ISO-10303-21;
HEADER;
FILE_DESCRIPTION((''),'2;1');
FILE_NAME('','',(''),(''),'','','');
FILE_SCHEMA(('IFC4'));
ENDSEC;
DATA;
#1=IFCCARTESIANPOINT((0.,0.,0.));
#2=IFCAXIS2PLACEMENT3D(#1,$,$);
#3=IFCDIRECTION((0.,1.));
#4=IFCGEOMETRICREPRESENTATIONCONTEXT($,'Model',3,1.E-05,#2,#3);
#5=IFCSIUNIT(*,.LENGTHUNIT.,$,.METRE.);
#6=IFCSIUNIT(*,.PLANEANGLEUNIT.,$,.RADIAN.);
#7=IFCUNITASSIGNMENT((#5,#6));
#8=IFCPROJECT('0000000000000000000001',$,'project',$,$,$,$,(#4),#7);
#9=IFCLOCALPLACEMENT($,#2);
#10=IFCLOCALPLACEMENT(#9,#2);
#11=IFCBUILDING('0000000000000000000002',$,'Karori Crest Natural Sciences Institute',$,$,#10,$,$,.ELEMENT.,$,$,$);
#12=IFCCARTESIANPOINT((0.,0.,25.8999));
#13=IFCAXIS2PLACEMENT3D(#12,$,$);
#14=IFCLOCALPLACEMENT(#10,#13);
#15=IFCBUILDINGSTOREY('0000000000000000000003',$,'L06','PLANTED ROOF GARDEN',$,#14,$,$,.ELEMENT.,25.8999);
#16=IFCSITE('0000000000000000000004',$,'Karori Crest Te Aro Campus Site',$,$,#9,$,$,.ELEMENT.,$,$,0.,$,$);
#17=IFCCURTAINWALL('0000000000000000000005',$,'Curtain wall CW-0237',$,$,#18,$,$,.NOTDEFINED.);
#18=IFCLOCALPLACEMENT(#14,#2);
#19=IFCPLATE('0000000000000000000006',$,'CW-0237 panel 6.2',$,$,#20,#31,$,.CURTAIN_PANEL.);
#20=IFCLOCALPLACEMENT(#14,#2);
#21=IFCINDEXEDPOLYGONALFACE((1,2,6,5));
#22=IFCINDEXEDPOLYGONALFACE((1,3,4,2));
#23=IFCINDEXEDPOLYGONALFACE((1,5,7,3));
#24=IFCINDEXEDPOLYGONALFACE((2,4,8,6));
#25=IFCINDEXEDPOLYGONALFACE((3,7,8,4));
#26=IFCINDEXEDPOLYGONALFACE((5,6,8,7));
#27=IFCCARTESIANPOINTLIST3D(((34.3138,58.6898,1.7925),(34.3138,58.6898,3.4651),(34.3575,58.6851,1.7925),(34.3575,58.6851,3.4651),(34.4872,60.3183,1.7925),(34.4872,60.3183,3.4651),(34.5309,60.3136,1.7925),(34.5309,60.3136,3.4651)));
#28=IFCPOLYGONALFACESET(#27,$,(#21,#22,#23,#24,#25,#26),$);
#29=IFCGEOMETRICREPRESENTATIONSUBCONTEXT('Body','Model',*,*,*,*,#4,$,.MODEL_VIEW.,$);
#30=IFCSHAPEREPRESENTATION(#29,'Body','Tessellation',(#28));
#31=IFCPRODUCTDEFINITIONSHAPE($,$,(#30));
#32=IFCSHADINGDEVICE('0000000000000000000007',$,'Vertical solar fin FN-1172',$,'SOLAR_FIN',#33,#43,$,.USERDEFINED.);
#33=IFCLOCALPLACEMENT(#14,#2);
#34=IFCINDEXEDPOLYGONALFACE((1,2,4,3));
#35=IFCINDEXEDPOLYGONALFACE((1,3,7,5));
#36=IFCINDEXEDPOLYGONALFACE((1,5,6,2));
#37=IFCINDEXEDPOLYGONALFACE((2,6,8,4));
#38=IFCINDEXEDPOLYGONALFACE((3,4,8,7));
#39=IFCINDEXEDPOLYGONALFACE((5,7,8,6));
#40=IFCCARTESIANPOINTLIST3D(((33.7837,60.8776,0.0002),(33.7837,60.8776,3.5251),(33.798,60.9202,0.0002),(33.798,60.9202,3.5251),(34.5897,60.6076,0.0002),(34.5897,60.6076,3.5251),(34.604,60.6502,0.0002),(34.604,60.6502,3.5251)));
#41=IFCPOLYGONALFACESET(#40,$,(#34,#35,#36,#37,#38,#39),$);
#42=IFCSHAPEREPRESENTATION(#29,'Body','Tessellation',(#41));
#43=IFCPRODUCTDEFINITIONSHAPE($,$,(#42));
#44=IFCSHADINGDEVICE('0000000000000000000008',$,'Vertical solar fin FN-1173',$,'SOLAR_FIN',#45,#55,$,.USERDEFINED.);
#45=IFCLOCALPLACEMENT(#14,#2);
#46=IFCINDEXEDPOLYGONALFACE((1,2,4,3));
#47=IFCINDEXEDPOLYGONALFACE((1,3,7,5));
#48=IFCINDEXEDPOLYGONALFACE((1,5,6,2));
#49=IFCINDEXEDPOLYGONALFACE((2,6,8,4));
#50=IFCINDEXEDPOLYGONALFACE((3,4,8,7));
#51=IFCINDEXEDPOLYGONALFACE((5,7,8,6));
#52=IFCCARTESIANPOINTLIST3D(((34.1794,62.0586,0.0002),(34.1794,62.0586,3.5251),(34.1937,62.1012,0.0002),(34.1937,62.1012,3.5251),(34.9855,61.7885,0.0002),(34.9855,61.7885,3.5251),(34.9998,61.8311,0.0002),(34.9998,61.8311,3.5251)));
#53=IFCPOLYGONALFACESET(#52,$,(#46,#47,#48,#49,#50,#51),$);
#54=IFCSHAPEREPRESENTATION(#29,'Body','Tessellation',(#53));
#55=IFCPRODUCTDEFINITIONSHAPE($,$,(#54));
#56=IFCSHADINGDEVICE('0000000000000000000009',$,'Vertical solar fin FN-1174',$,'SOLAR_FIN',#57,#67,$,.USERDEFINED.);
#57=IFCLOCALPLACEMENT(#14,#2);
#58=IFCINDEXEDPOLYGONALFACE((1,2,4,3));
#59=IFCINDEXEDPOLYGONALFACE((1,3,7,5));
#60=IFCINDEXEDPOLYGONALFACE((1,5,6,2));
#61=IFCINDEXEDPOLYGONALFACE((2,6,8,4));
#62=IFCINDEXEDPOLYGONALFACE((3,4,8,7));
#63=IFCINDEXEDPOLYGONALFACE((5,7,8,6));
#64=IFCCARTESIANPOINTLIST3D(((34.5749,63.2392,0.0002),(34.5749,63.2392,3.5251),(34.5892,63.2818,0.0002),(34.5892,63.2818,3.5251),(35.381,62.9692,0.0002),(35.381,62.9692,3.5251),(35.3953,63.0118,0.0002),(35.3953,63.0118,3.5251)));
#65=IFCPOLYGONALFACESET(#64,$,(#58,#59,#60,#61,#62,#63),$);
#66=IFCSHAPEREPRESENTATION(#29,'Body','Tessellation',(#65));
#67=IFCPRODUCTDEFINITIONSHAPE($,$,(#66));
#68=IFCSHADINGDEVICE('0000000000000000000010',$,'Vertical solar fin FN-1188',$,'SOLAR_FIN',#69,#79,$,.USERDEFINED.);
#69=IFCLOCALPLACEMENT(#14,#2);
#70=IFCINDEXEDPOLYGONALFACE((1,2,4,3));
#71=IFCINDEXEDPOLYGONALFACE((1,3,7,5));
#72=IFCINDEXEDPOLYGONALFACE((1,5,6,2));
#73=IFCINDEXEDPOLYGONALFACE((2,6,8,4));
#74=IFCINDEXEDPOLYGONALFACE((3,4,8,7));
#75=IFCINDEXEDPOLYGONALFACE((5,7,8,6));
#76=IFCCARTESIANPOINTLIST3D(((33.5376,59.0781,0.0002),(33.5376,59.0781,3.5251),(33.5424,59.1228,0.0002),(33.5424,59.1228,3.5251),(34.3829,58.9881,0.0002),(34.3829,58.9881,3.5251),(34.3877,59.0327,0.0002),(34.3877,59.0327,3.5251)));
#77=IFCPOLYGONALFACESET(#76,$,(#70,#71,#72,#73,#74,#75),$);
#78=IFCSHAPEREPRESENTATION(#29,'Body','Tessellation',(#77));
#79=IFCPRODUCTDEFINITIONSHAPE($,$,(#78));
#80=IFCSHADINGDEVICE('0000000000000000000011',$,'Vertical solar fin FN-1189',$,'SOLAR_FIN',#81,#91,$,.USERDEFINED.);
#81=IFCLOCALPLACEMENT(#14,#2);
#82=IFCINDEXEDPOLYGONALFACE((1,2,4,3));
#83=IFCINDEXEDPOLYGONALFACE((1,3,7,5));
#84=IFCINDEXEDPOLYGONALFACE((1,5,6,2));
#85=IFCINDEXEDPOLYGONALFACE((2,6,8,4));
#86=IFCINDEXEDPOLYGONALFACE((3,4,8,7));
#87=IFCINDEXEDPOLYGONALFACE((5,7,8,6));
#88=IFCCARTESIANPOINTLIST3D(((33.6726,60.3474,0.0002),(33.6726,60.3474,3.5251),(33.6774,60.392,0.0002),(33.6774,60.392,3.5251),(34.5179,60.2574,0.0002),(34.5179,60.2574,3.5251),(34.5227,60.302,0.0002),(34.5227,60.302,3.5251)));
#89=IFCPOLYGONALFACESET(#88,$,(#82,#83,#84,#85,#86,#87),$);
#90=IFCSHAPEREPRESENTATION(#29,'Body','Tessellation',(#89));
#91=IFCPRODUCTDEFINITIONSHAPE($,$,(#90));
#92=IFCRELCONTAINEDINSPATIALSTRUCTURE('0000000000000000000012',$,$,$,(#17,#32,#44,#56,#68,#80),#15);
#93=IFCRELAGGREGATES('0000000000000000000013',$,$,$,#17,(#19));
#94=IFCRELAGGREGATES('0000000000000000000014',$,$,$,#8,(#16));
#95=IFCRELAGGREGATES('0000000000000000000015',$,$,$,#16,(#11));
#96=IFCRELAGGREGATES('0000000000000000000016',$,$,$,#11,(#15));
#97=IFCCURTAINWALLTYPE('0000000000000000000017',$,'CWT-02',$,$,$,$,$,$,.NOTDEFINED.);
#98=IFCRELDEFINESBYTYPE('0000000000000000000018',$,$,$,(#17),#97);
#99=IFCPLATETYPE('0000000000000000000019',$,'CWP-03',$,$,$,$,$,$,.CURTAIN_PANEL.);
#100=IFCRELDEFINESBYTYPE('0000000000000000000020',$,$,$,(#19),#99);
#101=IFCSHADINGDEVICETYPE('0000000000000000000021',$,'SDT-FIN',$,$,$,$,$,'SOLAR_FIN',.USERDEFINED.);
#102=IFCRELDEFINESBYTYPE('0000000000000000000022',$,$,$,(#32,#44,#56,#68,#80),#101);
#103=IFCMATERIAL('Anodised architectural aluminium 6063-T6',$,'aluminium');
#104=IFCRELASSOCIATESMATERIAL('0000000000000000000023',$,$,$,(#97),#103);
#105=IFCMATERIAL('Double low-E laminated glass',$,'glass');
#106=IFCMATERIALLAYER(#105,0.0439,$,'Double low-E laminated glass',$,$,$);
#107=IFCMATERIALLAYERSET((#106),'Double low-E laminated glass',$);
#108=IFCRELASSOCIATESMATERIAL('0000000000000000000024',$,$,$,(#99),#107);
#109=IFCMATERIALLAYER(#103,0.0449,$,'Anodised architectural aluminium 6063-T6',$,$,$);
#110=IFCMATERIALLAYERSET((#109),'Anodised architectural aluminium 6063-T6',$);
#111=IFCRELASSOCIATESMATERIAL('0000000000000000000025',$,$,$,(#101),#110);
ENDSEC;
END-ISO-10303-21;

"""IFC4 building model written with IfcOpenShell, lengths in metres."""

from ifc_helpers import new_model, si_unit, direction, frame, origin, origin_2d, place, context, subcontext, project, spatial, rectangle, extrude, material, layer, layer_set, type_object, element, aggregate, save


model = new_model("IFC4")

# Units and contexts
model_context = context("Model", 3, precision=1e-05, world=origin(), true_north=direction((0.0, 1.0)))
body_context = subcontext(model_context, "Body", "Model", "MODEL_VIEW")
ifc_project = project(units=[si_unit("LENGTHUNIT", "METRE"), si_unit("PLANEANGLEUNIT", "RADIAN")], contexts=[model_context])

# Site, building, storey
site_placement = place(None, origin())
site = spatial("IfcSite", under=ifc_project, at=site_placement, Name="Karori Crest Te Aro Campus Site", CompositionType="ELEMENT", RefElevation=0.0)
building_placement = place(site_placement, origin())
building = spatial("IfcBuilding", under=site, at=building_placement, Name="Karori Crest Natural Sciences Institute", CompositionType="ELEMENT")
storey_placement = place(building_placement, frame((0.0, 0.0, 25.8999)))
storey = spatial("IfcBuildingStorey", under=building, at=storey_placement, Name="L06", Description="PLANTED ROOF GARDEN", CompositionType="ELEMENT", Elevation=25.8999)

# Curtain wall
ifc_material_1 = material(Name="Anodised architectural aluminium 6063-T6", Category="aluminium")
curtain_wall_type_1 = type_object("IfcCurtainWallType", Name="CWT-02", PredefinedType="NOTDEFINED", material=ifc_material_1)
curtain_wall_1_placement = place(storey_placement, origin())
curtain_wall_1 = element("IfcCurtainWall", 1, at=curtain_wall_1_placement, inside=storey, type_object=curtain_wall_type_1, Name="Curtain wall CW-0237", PredefinedType="NOTDEFINED")

# Plate
ifc_material_2 = material(Name="Double low-E laminated glass", Category="glass")
ifc_layer_1 = layer(ifc_material_2, 0.0439, Name="Double low-E laminated glass")
ifc_layer_set_1 = layer_set([ifc_layer_1], Name="Double low-E laminated glass")
plate_type_1 = type_object("IfcPlateType", Name="CWP-03", PredefinedType="CURTAIN_PANEL", material=ifc_layer_set_1)
plate_1_placement = place(storey_placement, frame((34.4224, 59.5017, 1.7925), z_axis=(0.0, 0.0, 1.0), x_axis=(0.105886, 0.994378, 0.0)))
plate_1 = element("IfcPlate", 2, at=plate_1_placement, type_object=plate_type_1, Name="CW-0237 panel 6.2", PredefinedType="CURTAIN_PANEL", context=body_context, shape_type="SweptSolid", body=[
    extrude(rectangle(XDim=1.6377, YDim=0.0439, at=origin_2d()), origin(), (0.0, 0.0, 1.0), 1.6726),
])
aggregate(curtain_wall_1, [plate_1])

# Shading devices
ifc_layer_2 = layer(ifc_material_1, 0.0449, Name="Anodised architectural aluminium 6063-T6")
ifc_layer_set_2 = layer_set([ifc_layer_2], Name="Anodised architectural aluminium 6063-T6")
shading_device_type = type_object("IfcShadingDeviceType", Name="SDT-FIN", ElementType="SOLAR_FIN", PredefinedType="USERDEFINED", material=ifc_layer_set_2)
for number, where, z_axis, x_axis, name in (
    (3, (34.1938, 60.7639, 0.0002), (0.0, 0.0, 1.0), (-0.948198, 0.31768, 0.0), "Vertical solar fin FN-1172"),
    (4, (34.5896, 61.9448, 0.0002), (0.0, 0.0, 1.0), (-0.948198, 0.31768, 0.0), "Vertical solar fin FN-1173"),
    (5, (34.9851, 63.1255, 0.0002), (0.0, 0.0, 1.0), (-0.948198, 0.31768, 0.0), "Vertical solar fin FN-1174"),
    (6, (33.9626, 59.0554, 0.0002), (0.0, 0.0, 1.0), (-0.994378, 0.105886, 0.0), "Vertical solar fin FN-1188"),
    (7, (34.0977, 60.3247, 0.0002), (0.0, 0.0, 1.0), (-0.994378, 0.105886, 0.0), "Vertical solar fin FN-1189"),
):
    element("IfcShadingDevice", number, at=place(storey_placement, frame(where, z_axis=z_axis, x_axis=x_axis)), inside=storey, type_object=shading_device_type, Name=name, ObjectType="SOLAR_FIN", PredefinedType="USERDEFINED", context=body_context, shape_type="SweptSolid", body=[
        extrude(rectangle(XDim=0.8501, YDim=0.0449, at=origin_2d()), origin(), (0.0, 0.0, 1.0), 3.5249),
    ])

save(model, "model.ifc")
